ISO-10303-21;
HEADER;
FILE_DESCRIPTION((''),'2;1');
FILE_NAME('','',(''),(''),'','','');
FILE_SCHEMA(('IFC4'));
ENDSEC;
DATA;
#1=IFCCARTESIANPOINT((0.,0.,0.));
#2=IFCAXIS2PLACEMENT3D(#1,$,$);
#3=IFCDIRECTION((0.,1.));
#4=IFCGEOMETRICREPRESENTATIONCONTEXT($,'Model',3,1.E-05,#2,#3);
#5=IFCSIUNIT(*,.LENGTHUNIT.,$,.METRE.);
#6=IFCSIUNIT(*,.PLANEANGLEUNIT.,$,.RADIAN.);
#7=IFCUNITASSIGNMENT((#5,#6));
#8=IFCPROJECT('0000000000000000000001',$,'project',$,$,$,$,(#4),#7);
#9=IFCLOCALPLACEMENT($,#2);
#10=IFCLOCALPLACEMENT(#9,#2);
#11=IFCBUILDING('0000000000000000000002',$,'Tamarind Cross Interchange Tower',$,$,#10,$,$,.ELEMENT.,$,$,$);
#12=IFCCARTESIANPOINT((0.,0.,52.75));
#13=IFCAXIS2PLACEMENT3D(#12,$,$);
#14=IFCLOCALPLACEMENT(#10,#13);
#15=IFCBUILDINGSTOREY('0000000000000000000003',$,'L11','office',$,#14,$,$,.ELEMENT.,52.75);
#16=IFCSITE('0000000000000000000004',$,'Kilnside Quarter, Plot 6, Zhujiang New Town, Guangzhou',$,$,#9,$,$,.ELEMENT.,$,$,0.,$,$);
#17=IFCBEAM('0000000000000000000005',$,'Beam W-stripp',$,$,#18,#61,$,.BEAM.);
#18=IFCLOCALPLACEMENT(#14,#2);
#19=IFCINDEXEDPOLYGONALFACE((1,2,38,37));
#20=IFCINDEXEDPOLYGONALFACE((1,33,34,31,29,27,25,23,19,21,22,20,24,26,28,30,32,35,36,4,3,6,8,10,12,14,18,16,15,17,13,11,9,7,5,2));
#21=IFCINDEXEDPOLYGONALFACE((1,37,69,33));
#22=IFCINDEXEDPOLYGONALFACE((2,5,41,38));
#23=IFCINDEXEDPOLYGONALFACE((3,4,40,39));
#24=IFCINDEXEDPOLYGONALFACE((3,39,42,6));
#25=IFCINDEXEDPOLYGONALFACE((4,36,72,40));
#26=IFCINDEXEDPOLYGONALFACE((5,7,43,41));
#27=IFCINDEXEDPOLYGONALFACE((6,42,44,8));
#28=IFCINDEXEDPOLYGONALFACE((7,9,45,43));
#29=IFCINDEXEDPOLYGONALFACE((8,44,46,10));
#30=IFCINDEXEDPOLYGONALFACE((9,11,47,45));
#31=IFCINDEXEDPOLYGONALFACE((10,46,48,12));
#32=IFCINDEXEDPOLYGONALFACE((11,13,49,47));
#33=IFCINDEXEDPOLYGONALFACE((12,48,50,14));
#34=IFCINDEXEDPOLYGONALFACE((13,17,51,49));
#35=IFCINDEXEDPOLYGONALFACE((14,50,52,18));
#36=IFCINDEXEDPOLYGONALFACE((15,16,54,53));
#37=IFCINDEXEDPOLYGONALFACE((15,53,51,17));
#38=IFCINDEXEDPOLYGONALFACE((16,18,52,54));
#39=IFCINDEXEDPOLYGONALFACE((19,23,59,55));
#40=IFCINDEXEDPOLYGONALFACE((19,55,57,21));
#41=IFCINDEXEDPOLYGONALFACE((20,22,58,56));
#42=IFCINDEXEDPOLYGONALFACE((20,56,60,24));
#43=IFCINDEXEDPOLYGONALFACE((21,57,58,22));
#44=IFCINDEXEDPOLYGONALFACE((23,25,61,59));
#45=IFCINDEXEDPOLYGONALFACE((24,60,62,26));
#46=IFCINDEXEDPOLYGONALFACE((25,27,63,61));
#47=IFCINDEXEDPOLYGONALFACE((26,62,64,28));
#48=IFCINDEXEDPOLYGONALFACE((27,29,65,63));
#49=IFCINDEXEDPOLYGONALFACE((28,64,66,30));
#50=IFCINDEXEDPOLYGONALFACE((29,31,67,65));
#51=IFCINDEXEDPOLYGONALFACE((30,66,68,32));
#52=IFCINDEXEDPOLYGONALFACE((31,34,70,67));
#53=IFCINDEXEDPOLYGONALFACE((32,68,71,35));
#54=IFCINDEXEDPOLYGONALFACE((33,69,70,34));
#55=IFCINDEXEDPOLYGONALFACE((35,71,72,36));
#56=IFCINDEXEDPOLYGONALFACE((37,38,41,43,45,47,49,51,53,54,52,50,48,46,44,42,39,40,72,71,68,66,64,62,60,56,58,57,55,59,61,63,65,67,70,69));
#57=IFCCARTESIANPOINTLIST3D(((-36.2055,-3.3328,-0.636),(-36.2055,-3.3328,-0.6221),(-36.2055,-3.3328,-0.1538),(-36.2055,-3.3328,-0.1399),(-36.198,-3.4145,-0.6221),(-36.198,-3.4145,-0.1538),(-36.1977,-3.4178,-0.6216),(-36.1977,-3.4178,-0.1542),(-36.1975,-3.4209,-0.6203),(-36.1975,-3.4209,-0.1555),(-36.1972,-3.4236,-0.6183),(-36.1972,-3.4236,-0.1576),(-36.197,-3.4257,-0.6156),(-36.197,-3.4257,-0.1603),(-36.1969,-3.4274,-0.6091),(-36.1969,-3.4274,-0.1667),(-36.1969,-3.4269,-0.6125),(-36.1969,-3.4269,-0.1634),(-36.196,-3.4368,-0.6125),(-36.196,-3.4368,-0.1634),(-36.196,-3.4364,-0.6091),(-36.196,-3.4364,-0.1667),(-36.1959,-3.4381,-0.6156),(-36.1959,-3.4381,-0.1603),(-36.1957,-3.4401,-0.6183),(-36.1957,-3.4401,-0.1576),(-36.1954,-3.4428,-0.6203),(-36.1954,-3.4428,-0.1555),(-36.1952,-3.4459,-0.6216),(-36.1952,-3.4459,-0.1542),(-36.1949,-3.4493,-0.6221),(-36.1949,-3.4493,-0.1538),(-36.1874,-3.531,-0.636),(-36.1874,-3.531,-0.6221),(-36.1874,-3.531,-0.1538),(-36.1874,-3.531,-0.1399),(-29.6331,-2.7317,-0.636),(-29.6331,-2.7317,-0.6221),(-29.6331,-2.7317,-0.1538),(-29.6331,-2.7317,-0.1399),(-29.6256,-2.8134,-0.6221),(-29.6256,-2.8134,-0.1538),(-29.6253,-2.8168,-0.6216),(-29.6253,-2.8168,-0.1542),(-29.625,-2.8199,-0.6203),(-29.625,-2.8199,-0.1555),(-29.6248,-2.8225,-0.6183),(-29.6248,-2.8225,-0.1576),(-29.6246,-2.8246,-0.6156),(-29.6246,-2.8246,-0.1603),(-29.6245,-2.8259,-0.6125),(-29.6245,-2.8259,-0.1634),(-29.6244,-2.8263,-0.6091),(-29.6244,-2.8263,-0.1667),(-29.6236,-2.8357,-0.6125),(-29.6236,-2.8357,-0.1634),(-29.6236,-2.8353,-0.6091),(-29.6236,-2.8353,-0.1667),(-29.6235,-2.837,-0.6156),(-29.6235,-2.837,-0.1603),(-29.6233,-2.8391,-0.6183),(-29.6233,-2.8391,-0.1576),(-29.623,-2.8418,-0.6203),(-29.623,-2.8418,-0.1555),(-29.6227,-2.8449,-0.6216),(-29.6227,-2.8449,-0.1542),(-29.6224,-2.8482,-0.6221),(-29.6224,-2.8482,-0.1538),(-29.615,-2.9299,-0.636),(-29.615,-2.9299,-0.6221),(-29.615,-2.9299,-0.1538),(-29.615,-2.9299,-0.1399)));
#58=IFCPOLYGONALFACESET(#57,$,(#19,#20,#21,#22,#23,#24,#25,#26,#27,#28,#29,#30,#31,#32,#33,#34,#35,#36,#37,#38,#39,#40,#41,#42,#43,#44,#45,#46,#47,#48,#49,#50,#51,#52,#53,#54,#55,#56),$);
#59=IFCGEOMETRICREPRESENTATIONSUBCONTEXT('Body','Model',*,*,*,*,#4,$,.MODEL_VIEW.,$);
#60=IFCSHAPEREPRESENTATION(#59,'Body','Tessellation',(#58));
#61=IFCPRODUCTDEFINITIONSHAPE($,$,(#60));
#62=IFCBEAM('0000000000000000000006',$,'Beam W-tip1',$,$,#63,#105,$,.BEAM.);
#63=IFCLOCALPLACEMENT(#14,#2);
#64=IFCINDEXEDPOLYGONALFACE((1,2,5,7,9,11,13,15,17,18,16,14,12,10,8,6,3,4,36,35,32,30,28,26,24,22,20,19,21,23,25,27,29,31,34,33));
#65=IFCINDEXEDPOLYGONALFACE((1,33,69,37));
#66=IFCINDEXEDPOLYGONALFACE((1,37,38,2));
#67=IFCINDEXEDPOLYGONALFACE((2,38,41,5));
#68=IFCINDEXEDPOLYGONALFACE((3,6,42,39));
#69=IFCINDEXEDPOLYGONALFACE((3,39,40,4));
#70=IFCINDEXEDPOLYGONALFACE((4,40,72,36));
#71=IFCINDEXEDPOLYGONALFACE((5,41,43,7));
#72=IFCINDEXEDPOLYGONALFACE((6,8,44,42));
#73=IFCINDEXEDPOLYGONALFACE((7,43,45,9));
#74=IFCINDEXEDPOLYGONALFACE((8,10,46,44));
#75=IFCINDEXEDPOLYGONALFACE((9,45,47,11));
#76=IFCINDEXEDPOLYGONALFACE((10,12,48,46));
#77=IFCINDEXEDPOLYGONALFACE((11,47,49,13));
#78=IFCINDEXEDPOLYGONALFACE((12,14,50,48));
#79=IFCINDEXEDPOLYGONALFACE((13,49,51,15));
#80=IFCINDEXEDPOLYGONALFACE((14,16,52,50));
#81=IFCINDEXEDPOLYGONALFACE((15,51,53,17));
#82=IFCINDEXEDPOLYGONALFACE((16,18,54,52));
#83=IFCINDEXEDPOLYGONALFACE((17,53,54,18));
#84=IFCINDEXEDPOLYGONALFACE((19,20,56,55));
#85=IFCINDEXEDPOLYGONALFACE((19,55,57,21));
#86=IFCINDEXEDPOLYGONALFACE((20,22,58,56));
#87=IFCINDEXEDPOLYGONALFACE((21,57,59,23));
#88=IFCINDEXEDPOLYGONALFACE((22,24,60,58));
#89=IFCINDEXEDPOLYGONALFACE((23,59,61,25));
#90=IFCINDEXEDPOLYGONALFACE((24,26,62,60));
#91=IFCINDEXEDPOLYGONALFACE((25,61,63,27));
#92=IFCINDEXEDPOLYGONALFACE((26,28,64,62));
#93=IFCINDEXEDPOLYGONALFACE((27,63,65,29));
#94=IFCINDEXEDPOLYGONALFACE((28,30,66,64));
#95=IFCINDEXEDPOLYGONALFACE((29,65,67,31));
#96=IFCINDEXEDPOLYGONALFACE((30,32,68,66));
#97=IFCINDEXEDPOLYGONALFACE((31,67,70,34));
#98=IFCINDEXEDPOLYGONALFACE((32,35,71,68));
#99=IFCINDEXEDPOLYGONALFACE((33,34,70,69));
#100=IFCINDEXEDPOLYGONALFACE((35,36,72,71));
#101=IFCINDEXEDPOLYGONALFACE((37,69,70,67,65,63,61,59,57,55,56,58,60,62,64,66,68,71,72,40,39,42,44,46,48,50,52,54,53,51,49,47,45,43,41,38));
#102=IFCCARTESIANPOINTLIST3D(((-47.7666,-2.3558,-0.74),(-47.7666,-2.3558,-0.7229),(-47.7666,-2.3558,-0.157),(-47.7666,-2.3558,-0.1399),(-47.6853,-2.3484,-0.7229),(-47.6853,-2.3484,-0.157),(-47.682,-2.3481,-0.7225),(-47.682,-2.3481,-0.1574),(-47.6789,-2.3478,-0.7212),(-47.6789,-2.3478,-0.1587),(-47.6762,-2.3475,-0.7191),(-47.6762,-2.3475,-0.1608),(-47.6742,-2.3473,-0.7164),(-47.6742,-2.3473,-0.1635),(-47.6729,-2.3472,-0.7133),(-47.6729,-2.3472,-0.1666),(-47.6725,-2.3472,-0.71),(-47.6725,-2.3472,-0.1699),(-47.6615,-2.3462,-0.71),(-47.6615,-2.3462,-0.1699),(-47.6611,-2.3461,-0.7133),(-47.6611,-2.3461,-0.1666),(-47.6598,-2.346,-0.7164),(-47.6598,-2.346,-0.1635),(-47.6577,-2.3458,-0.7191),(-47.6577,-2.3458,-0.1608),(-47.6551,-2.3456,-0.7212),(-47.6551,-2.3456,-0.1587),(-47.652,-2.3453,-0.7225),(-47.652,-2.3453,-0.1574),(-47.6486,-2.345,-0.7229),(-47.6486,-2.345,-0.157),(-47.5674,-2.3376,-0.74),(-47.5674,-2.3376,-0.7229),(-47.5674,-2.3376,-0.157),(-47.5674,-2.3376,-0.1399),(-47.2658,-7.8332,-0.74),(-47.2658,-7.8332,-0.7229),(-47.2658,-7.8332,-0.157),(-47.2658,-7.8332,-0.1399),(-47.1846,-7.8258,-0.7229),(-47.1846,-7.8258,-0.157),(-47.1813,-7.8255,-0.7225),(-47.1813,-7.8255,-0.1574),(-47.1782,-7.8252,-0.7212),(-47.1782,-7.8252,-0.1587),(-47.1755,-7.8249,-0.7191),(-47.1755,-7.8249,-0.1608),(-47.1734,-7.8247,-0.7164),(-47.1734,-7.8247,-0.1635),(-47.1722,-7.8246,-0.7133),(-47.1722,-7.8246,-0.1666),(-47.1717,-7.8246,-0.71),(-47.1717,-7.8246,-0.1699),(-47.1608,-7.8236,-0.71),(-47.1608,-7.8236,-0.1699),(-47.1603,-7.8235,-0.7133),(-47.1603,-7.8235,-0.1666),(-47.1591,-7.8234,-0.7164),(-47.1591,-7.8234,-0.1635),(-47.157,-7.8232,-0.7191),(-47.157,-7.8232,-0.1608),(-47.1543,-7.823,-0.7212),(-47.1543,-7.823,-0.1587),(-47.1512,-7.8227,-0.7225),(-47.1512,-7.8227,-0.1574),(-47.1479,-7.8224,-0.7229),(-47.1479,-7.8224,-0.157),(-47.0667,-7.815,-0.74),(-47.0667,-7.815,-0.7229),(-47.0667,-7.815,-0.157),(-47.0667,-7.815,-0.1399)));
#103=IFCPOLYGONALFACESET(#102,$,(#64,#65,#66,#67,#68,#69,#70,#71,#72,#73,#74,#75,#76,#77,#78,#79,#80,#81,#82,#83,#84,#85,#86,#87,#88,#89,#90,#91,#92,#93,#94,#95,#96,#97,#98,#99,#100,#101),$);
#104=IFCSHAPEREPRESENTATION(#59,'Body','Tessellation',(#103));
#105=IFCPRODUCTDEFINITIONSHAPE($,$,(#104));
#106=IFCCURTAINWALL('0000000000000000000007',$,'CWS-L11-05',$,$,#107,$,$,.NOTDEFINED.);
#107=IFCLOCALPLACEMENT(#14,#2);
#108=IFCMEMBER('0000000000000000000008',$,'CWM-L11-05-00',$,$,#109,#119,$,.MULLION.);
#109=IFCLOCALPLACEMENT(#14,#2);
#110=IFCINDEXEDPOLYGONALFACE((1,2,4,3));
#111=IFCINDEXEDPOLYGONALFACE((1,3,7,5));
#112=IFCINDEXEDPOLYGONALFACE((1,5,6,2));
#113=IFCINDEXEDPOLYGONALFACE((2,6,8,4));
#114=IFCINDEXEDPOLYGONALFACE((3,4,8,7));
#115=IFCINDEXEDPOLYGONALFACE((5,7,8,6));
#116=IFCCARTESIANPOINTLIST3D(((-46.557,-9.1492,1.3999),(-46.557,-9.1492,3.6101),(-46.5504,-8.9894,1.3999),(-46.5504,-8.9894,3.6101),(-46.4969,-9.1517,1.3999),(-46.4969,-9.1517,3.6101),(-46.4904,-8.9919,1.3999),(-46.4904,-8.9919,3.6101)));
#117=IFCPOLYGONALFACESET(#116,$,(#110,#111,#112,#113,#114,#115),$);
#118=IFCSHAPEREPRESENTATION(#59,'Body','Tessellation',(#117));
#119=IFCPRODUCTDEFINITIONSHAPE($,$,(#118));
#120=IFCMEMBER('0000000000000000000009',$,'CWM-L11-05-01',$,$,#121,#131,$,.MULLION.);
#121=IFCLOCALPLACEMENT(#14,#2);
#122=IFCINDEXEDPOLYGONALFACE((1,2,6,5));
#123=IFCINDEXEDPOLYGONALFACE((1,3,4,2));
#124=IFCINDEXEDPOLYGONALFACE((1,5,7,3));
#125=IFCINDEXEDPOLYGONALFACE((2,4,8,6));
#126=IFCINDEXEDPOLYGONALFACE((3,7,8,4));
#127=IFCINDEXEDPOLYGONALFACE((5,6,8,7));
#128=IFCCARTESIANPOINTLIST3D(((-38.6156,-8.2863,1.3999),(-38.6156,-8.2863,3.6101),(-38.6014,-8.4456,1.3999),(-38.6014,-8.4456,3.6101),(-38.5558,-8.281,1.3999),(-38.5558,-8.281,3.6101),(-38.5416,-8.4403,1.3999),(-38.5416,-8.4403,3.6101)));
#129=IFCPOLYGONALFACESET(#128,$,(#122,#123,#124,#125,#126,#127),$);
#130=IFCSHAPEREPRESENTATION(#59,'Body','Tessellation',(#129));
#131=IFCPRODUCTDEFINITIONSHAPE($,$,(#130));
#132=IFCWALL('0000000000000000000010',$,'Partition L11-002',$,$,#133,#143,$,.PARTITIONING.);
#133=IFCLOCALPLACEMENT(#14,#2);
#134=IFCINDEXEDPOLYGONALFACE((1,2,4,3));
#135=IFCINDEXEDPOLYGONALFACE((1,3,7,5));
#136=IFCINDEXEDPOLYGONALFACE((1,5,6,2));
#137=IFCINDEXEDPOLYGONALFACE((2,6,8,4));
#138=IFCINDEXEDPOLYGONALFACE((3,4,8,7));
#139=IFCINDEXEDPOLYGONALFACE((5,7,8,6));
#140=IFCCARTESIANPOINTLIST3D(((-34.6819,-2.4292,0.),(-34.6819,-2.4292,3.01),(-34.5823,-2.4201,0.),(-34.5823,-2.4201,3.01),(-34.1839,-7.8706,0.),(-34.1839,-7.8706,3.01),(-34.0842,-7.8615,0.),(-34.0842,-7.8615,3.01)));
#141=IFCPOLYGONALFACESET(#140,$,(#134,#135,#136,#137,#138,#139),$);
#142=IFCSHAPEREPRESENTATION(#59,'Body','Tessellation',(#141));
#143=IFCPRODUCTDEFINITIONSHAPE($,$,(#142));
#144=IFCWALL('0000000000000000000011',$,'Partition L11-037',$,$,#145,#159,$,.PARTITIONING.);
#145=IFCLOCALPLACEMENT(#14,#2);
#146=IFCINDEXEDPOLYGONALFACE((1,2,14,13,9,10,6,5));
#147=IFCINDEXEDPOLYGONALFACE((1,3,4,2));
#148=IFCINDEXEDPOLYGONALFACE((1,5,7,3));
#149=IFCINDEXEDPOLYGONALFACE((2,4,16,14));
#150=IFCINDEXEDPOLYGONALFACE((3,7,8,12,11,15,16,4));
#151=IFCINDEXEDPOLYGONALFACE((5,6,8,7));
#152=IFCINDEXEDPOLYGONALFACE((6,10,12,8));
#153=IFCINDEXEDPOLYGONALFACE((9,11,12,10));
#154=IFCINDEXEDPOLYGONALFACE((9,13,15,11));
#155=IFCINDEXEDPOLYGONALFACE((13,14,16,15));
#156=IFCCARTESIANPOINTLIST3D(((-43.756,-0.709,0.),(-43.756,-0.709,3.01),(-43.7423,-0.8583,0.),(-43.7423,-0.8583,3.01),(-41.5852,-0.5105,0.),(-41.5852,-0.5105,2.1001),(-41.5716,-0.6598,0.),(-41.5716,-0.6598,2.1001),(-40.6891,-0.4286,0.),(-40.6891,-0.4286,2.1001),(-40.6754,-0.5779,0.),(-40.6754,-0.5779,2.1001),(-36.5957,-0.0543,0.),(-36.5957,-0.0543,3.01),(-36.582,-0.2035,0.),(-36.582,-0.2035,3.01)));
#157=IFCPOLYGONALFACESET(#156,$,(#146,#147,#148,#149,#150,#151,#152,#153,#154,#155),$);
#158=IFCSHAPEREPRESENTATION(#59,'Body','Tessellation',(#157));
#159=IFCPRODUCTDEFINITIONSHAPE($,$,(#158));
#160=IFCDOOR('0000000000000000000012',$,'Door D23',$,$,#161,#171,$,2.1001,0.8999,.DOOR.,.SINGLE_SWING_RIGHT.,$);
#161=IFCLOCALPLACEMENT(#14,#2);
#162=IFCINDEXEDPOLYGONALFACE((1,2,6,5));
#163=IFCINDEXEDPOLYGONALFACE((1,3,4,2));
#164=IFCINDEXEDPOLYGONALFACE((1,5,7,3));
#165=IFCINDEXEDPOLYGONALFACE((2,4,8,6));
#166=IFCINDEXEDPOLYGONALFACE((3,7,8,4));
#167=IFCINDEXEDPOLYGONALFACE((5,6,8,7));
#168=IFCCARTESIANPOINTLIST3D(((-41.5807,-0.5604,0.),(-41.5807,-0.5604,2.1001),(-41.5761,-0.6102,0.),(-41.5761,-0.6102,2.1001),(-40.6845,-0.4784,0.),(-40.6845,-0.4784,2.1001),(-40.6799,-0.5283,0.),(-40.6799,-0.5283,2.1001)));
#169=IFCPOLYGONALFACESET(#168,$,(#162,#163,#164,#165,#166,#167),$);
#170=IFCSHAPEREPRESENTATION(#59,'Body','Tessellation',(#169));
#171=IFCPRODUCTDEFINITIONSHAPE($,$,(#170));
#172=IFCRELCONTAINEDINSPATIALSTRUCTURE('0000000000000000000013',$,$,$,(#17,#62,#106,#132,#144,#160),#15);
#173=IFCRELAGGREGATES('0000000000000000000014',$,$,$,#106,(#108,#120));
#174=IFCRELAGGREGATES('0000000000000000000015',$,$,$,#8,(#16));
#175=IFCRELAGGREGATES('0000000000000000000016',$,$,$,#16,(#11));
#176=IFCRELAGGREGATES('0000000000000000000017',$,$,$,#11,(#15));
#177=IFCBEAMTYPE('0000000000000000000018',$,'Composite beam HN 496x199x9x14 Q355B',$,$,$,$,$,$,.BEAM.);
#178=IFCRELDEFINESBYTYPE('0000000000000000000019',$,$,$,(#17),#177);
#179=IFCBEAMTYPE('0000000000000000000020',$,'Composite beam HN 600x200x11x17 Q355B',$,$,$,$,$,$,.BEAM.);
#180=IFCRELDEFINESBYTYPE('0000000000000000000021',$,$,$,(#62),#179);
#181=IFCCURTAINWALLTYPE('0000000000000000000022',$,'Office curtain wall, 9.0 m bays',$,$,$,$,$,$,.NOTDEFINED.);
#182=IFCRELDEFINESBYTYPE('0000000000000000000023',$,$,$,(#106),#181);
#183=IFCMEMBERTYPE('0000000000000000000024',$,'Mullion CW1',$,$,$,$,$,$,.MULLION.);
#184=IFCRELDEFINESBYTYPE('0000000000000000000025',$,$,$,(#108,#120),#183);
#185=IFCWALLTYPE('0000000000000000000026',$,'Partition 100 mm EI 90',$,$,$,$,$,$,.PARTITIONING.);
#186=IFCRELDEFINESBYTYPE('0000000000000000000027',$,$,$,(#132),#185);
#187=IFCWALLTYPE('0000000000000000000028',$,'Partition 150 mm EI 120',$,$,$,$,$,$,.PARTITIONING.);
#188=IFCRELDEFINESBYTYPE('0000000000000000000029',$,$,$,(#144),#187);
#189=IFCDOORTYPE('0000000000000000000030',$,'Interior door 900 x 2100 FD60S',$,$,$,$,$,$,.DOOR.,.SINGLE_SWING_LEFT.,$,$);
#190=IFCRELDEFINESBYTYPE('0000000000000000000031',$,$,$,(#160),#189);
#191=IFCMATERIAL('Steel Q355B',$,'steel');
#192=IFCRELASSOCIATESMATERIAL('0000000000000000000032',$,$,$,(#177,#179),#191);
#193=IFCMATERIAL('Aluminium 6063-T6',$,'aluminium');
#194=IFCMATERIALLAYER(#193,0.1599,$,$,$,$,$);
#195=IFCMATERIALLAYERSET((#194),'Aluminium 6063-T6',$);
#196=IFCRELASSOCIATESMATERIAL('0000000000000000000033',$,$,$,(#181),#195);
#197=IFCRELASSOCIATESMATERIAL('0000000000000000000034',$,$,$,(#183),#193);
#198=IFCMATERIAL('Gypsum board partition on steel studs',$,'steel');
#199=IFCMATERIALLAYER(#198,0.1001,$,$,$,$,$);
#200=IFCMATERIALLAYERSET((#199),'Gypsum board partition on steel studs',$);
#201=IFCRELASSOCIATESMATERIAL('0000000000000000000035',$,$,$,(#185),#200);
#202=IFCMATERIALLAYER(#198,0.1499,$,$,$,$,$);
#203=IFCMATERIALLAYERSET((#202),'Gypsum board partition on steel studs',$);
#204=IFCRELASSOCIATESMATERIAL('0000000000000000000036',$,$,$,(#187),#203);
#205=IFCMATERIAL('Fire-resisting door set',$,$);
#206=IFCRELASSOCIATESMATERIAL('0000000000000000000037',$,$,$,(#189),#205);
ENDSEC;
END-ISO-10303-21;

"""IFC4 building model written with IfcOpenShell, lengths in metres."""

from ifc_helpers import new_model, si_unit, direction, frame, frame_2d, origin, origin_2d, place, context, subcontext, project, spatial, rectangle, i_section, extrude, material, layer, layer_set, material_profile, profile_set, type_object, element, fill, aggregate, save


model = new_model("IFC4")

# Units and contexts
model_context = context("Model", 3, precision=1e-05, world=origin(), true_north=direction((0.0, 1.0)))
body_context = subcontext(model_context, "Body", "Model", "MODEL_VIEW")
ifc_project = project(units=[si_unit("LENGTHUNIT", "METRE"), si_unit("PLANEANGLEUNIT", "RADIAN")], contexts=[model_context])

# Site, building, storey
site_placement = place(None, origin())
site = spatial("IfcSite", under=ifc_project, at=site_placement, Name="Kilnside Quarter, Plot 6, Zhujiang New Town, Guangzhou", CompositionType="ELEMENT", RefElevation=0.0)
building_placement = place(site_placement, origin())
building = spatial("IfcBuilding", under=site, at=building_placement, Name="Tamarind Cross Interchange Tower", CompositionType="ELEMENT")
storey_placement = place(building_placement, frame((0.0, 0.0, 52.75)))
storey = spatial("IfcBuildingStorey", under=building, at=storey_placement, Name="L11", Description="office", CompositionType="ELEMENT", Elevation=52.75)

# Beams
ifc_material_1 = material(Name="Steel Q355B", Category="steel")
ifc_material_profile_1 = material_profile(ifc_material_1, i_section(OverallWidth=0.199, OverallDepth=0.4961, WebThickness=0.009, FlangeThickness=0.0139, FilletRadius=0.0129, at=origin_2d()), Name="HN 496x199x9x14")
ifc_profile_set_1 = profile_set([ifc_material_profile_1], Name="Steel Q355B")
beam_type_1 = type_object("IfcBeamType", Name="Composite beam HN 496x199x9x14 Q355B", PredefinedType="BEAM", material=ifc_profile_set_1)
beam_1_placement = place(storey_placement, frame((-29.624, -2.8308, -0.3879), z_axis=(-0.995844, -0.091073, 0.0), x_axis=(0.091073, -0.995844, 0.0)))
element("IfcBeam", 1, at=beam_1_placement, inside=storey, type_object=beam_type_1, Name="Beam W-stripp", PredefinedType="BEAM", context=body_context, shape_type="SweptSolid", body=[
    extrude(i_section(OverallWidth=0.199, OverallDepth=0.4961, WebThickness=0.009, FlangeThickness=0.0139, FilletRadius=0.0129, at=origin_2d()), origin(), (0.0, 0.0, 1.0), 6.5999),
])
ifc_material_profile_2 = material_profile(ifc_material_1, i_section(OverallWidth=0.2, OverallDepth=0.6001, WebThickness=0.011, FlangeThickness=0.0171, FilletRadius=0.0129, at=origin_2d()), Name="HN 600x200x11x17")
ifc_profile_set_2 = profile_set([ifc_material_profile_2], Name="Steel Q355B")
beam_type_2 = type_object("IfcBeamType", Name="Composite beam HN 600x200x11x17 Q355B", PredefinedType="BEAM", material=ifc_profile_set_2)
beam_2_placement = place(storey_placement, frame((-47.667, -2.3467, -0.4399), z_axis=(0.09104, -0.995847, 0.0), x_axis=(0.995847, 0.09104, 0.0)))
element("IfcBeam", 2, at=beam_2_placement, inside=storey, type_object=beam_type_2, Name="Beam W-tip1", PredefinedType="BEAM", context=body_context, shape_type="SweptSolid", body=[
    extrude(i_section(OverallWidth=0.2, OverallDepth=0.6001, WebThickness=0.011, FlangeThickness=0.0171, FilletRadius=0.0129, at=origin_2d()), origin(), (0.0, 0.0, 1.0), 5.5002),
])

# Curtain wall, members
ifc_material_2 = material(Name="Aluminium 6063-T6", Category="aluminium")
ifc_layer_1 = layer(ifc_material_2, 0.1599)
ifc_layer_set_1 = layer_set([ifc_layer_1], Name="Aluminium 6063-T6")
curtain_wall_type = type_object("IfcCurtainWallType", Name="Office curtain wall, 9.0 m bays", PredefinedType="NOTDEFINED", material=ifc_layer_set_1)
curtain_wall_placement = place(storey_placement, origin())
curtain_wall = element("IfcCurtainWall", 3, at=curtain_wall_placement, inside=storey, type_object=curtain_wall_type, Name="CWS-L11-05", PredefinedType="NOTDEFINED")
ifc_material_profile_3 = material_profile(ifc_material_2, rectangle(XDim=0.0601, YDim=0.1599, at=origin_2d()), Name="Mullion CW1")
ifc_profile_set_3 = profile_set([ifc_material_profile_3], Name="Aluminium 6063-T6")
member_type = type_object("IfcMemberType", Name="Mullion CW1", PredefinedType="MULLION", material=ifc_profile_set_3)
member_1_placement = place(storey_placement, frame((-46.5237, -9.0706, 1.3999), z_axis=(0.0, 0.0, 1.0), x_axis=(0.999163, -0.0409, 0.0)))
member_1 = element("IfcMember", 4, at=member_1_placement, type_object=member_type, Name="CWM-L11-05-00", PredefinedType="MULLION", context=body_context, shape_type="SweptSolid", body=[
    extrude(rectangle(XDim=0.0601, YDim=0.1599, at=origin_2d()), origin(), (0.0, 0.0, 1.0), 2.2102),
])
member_2_placement = place(storey_placement, frame((-38.5786, -8.3633, 1.3999), z_axis=(0.0, 0.0, 1.0), x_axis=(0.99606, 0.088684, 0.0)))
member_2 = element("IfcMember", 5, at=member_2_placement, type_object=member_type, Name="CWM-L11-05-01", PredefinedType="MULLION", context=body_context, shape_type="SweptSolid", body=[
    extrude(rectangle(XDim=0.0601, YDim=0.1599, at=origin_2d()), origin(), (0.0, 0.0, 1.0), 2.2102),
])
aggregate(curtain_wall, [member_1, member_2])

# Wall
ifc_material_3 = material(Name="Gypsum board partition on steel studs", Category="steel")
ifc_layer_2 = layer(ifc_material_3, 0.1001)
ifc_layer_set_2 = layer_set([ifc_layer_2], Name="Gypsum board partition on steel studs")
wall_type_1 = type_object("IfcWallType", Name="Partition 100 mm EI 90", PredefinedType="PARTITIONING", material=ifc_layer_set_2)
wall_1_placement = place(storey_placement, frame((-34.6321, -2.4248, 0.0), z_axis=(0.0, 0.0, 1.0), x_axis=(0.091148, -0.995837, 0.0)))
element("IfcWall", 6, at=wall_1_placement, inside=storey, type_object=wall_type_1, Name="Partition L11-002", PredefinedType="PARTITIONING", context=body_context, shape_type="SweptSolid", body=[
    extrude(rectangle(XDim=5.4641, YDim=0.1001, at=frame_2d((2.7319, 0.0))), origin(), (0.0, 0.0, 1.0), 3.01),
])

# Wall, opening, door
ifc_layer_3 = layer(ifc_material_3, 0.1499)
ifc_layer_set_3 = layer_set([ifc_layer_3], Name="Gypsum board partition on steel studs")
wall_type_2 = type_object("IfcWallType", Name="Partition 150 mm EI 120", PredefinedType="PARTITIONING", material=ifc_layer_set_3)
wall_2_placement = place(storey_placement, frame((-43.7493, -0.7837, 0.0), z_axis=(0.0, 0.0, 1.0), x_axis=(0.995845, 0.091065, 0.0)))
wall_2 = element("IfcWall", 7, at=wall_2_placement, inside=storey, type_object=wall_type_2, Name="Partition L11-037", PredefinedType="PARTITIONING", context=body_context, shape_type="SweptSolid", body=[
    extrude(rectangle(XDim=7.1902, YDim=0.1499, at=frame_2d((3.5952, 0.0))), origin(), (0.0, 0.0, 1.0), 3.01),
])
opening_1_placement = place(wall_2_placement, frame((2.1799, 0.0, 0.0)))
opening_1 = element("IfcOpeningElement", 8, at=opening_1_placement, cuts=wall_2, PredefinedType="OPENING", context=body_context, shape_type="SweptSolid", body=[
    extrude(rectangle(XDim=0.8999, YDim=2.1001, at=frame_2d((0.45, 1.05))), frame((0.0, 0.085, 0.0), z_axis=(0.0, -1.0, 0.0), x_axis=(1.0, 0.0, 0.0)), (0.0, 0.0, 1.0), 0.1699),
])
ifc_material_4 = material(Name="Fire-resisting door set")
door_type = type_object("IfcDoorType", Name="Interior door 900 x 2100 FD60S", OperationType="SINGLE_SWING_LEFT", PredefinedType="DOOR", material=ifc_material_4)
door_1_placement = place(opening_1_placement, origin())
door_1 = element("IfcDoor", 9, at=door_1_placement, inside=storey, type_object=door_type, Name="Door D23", OperationType="SINGLE_SWING_RIGHT", OverallHeight=2.1001, OverallWidth=0.8999, PredefinedType="DOOR", context=body_context, shape_type="SweptSolid", body=[
    extrude(rectangle(XDim=0.8999, YDim=2.1001, at=frame_2d((0.45, 1.05))), frame((0.0, 0.0249, 0.0), z_axis=(0.0, -1.0, 0.0), x_axis=(1.0, 0.0, 0.0)), (0.0, 0.0, 1.0), 0.05),
])
fill(opening_1, door_1)

save(model, "model.ifc")
